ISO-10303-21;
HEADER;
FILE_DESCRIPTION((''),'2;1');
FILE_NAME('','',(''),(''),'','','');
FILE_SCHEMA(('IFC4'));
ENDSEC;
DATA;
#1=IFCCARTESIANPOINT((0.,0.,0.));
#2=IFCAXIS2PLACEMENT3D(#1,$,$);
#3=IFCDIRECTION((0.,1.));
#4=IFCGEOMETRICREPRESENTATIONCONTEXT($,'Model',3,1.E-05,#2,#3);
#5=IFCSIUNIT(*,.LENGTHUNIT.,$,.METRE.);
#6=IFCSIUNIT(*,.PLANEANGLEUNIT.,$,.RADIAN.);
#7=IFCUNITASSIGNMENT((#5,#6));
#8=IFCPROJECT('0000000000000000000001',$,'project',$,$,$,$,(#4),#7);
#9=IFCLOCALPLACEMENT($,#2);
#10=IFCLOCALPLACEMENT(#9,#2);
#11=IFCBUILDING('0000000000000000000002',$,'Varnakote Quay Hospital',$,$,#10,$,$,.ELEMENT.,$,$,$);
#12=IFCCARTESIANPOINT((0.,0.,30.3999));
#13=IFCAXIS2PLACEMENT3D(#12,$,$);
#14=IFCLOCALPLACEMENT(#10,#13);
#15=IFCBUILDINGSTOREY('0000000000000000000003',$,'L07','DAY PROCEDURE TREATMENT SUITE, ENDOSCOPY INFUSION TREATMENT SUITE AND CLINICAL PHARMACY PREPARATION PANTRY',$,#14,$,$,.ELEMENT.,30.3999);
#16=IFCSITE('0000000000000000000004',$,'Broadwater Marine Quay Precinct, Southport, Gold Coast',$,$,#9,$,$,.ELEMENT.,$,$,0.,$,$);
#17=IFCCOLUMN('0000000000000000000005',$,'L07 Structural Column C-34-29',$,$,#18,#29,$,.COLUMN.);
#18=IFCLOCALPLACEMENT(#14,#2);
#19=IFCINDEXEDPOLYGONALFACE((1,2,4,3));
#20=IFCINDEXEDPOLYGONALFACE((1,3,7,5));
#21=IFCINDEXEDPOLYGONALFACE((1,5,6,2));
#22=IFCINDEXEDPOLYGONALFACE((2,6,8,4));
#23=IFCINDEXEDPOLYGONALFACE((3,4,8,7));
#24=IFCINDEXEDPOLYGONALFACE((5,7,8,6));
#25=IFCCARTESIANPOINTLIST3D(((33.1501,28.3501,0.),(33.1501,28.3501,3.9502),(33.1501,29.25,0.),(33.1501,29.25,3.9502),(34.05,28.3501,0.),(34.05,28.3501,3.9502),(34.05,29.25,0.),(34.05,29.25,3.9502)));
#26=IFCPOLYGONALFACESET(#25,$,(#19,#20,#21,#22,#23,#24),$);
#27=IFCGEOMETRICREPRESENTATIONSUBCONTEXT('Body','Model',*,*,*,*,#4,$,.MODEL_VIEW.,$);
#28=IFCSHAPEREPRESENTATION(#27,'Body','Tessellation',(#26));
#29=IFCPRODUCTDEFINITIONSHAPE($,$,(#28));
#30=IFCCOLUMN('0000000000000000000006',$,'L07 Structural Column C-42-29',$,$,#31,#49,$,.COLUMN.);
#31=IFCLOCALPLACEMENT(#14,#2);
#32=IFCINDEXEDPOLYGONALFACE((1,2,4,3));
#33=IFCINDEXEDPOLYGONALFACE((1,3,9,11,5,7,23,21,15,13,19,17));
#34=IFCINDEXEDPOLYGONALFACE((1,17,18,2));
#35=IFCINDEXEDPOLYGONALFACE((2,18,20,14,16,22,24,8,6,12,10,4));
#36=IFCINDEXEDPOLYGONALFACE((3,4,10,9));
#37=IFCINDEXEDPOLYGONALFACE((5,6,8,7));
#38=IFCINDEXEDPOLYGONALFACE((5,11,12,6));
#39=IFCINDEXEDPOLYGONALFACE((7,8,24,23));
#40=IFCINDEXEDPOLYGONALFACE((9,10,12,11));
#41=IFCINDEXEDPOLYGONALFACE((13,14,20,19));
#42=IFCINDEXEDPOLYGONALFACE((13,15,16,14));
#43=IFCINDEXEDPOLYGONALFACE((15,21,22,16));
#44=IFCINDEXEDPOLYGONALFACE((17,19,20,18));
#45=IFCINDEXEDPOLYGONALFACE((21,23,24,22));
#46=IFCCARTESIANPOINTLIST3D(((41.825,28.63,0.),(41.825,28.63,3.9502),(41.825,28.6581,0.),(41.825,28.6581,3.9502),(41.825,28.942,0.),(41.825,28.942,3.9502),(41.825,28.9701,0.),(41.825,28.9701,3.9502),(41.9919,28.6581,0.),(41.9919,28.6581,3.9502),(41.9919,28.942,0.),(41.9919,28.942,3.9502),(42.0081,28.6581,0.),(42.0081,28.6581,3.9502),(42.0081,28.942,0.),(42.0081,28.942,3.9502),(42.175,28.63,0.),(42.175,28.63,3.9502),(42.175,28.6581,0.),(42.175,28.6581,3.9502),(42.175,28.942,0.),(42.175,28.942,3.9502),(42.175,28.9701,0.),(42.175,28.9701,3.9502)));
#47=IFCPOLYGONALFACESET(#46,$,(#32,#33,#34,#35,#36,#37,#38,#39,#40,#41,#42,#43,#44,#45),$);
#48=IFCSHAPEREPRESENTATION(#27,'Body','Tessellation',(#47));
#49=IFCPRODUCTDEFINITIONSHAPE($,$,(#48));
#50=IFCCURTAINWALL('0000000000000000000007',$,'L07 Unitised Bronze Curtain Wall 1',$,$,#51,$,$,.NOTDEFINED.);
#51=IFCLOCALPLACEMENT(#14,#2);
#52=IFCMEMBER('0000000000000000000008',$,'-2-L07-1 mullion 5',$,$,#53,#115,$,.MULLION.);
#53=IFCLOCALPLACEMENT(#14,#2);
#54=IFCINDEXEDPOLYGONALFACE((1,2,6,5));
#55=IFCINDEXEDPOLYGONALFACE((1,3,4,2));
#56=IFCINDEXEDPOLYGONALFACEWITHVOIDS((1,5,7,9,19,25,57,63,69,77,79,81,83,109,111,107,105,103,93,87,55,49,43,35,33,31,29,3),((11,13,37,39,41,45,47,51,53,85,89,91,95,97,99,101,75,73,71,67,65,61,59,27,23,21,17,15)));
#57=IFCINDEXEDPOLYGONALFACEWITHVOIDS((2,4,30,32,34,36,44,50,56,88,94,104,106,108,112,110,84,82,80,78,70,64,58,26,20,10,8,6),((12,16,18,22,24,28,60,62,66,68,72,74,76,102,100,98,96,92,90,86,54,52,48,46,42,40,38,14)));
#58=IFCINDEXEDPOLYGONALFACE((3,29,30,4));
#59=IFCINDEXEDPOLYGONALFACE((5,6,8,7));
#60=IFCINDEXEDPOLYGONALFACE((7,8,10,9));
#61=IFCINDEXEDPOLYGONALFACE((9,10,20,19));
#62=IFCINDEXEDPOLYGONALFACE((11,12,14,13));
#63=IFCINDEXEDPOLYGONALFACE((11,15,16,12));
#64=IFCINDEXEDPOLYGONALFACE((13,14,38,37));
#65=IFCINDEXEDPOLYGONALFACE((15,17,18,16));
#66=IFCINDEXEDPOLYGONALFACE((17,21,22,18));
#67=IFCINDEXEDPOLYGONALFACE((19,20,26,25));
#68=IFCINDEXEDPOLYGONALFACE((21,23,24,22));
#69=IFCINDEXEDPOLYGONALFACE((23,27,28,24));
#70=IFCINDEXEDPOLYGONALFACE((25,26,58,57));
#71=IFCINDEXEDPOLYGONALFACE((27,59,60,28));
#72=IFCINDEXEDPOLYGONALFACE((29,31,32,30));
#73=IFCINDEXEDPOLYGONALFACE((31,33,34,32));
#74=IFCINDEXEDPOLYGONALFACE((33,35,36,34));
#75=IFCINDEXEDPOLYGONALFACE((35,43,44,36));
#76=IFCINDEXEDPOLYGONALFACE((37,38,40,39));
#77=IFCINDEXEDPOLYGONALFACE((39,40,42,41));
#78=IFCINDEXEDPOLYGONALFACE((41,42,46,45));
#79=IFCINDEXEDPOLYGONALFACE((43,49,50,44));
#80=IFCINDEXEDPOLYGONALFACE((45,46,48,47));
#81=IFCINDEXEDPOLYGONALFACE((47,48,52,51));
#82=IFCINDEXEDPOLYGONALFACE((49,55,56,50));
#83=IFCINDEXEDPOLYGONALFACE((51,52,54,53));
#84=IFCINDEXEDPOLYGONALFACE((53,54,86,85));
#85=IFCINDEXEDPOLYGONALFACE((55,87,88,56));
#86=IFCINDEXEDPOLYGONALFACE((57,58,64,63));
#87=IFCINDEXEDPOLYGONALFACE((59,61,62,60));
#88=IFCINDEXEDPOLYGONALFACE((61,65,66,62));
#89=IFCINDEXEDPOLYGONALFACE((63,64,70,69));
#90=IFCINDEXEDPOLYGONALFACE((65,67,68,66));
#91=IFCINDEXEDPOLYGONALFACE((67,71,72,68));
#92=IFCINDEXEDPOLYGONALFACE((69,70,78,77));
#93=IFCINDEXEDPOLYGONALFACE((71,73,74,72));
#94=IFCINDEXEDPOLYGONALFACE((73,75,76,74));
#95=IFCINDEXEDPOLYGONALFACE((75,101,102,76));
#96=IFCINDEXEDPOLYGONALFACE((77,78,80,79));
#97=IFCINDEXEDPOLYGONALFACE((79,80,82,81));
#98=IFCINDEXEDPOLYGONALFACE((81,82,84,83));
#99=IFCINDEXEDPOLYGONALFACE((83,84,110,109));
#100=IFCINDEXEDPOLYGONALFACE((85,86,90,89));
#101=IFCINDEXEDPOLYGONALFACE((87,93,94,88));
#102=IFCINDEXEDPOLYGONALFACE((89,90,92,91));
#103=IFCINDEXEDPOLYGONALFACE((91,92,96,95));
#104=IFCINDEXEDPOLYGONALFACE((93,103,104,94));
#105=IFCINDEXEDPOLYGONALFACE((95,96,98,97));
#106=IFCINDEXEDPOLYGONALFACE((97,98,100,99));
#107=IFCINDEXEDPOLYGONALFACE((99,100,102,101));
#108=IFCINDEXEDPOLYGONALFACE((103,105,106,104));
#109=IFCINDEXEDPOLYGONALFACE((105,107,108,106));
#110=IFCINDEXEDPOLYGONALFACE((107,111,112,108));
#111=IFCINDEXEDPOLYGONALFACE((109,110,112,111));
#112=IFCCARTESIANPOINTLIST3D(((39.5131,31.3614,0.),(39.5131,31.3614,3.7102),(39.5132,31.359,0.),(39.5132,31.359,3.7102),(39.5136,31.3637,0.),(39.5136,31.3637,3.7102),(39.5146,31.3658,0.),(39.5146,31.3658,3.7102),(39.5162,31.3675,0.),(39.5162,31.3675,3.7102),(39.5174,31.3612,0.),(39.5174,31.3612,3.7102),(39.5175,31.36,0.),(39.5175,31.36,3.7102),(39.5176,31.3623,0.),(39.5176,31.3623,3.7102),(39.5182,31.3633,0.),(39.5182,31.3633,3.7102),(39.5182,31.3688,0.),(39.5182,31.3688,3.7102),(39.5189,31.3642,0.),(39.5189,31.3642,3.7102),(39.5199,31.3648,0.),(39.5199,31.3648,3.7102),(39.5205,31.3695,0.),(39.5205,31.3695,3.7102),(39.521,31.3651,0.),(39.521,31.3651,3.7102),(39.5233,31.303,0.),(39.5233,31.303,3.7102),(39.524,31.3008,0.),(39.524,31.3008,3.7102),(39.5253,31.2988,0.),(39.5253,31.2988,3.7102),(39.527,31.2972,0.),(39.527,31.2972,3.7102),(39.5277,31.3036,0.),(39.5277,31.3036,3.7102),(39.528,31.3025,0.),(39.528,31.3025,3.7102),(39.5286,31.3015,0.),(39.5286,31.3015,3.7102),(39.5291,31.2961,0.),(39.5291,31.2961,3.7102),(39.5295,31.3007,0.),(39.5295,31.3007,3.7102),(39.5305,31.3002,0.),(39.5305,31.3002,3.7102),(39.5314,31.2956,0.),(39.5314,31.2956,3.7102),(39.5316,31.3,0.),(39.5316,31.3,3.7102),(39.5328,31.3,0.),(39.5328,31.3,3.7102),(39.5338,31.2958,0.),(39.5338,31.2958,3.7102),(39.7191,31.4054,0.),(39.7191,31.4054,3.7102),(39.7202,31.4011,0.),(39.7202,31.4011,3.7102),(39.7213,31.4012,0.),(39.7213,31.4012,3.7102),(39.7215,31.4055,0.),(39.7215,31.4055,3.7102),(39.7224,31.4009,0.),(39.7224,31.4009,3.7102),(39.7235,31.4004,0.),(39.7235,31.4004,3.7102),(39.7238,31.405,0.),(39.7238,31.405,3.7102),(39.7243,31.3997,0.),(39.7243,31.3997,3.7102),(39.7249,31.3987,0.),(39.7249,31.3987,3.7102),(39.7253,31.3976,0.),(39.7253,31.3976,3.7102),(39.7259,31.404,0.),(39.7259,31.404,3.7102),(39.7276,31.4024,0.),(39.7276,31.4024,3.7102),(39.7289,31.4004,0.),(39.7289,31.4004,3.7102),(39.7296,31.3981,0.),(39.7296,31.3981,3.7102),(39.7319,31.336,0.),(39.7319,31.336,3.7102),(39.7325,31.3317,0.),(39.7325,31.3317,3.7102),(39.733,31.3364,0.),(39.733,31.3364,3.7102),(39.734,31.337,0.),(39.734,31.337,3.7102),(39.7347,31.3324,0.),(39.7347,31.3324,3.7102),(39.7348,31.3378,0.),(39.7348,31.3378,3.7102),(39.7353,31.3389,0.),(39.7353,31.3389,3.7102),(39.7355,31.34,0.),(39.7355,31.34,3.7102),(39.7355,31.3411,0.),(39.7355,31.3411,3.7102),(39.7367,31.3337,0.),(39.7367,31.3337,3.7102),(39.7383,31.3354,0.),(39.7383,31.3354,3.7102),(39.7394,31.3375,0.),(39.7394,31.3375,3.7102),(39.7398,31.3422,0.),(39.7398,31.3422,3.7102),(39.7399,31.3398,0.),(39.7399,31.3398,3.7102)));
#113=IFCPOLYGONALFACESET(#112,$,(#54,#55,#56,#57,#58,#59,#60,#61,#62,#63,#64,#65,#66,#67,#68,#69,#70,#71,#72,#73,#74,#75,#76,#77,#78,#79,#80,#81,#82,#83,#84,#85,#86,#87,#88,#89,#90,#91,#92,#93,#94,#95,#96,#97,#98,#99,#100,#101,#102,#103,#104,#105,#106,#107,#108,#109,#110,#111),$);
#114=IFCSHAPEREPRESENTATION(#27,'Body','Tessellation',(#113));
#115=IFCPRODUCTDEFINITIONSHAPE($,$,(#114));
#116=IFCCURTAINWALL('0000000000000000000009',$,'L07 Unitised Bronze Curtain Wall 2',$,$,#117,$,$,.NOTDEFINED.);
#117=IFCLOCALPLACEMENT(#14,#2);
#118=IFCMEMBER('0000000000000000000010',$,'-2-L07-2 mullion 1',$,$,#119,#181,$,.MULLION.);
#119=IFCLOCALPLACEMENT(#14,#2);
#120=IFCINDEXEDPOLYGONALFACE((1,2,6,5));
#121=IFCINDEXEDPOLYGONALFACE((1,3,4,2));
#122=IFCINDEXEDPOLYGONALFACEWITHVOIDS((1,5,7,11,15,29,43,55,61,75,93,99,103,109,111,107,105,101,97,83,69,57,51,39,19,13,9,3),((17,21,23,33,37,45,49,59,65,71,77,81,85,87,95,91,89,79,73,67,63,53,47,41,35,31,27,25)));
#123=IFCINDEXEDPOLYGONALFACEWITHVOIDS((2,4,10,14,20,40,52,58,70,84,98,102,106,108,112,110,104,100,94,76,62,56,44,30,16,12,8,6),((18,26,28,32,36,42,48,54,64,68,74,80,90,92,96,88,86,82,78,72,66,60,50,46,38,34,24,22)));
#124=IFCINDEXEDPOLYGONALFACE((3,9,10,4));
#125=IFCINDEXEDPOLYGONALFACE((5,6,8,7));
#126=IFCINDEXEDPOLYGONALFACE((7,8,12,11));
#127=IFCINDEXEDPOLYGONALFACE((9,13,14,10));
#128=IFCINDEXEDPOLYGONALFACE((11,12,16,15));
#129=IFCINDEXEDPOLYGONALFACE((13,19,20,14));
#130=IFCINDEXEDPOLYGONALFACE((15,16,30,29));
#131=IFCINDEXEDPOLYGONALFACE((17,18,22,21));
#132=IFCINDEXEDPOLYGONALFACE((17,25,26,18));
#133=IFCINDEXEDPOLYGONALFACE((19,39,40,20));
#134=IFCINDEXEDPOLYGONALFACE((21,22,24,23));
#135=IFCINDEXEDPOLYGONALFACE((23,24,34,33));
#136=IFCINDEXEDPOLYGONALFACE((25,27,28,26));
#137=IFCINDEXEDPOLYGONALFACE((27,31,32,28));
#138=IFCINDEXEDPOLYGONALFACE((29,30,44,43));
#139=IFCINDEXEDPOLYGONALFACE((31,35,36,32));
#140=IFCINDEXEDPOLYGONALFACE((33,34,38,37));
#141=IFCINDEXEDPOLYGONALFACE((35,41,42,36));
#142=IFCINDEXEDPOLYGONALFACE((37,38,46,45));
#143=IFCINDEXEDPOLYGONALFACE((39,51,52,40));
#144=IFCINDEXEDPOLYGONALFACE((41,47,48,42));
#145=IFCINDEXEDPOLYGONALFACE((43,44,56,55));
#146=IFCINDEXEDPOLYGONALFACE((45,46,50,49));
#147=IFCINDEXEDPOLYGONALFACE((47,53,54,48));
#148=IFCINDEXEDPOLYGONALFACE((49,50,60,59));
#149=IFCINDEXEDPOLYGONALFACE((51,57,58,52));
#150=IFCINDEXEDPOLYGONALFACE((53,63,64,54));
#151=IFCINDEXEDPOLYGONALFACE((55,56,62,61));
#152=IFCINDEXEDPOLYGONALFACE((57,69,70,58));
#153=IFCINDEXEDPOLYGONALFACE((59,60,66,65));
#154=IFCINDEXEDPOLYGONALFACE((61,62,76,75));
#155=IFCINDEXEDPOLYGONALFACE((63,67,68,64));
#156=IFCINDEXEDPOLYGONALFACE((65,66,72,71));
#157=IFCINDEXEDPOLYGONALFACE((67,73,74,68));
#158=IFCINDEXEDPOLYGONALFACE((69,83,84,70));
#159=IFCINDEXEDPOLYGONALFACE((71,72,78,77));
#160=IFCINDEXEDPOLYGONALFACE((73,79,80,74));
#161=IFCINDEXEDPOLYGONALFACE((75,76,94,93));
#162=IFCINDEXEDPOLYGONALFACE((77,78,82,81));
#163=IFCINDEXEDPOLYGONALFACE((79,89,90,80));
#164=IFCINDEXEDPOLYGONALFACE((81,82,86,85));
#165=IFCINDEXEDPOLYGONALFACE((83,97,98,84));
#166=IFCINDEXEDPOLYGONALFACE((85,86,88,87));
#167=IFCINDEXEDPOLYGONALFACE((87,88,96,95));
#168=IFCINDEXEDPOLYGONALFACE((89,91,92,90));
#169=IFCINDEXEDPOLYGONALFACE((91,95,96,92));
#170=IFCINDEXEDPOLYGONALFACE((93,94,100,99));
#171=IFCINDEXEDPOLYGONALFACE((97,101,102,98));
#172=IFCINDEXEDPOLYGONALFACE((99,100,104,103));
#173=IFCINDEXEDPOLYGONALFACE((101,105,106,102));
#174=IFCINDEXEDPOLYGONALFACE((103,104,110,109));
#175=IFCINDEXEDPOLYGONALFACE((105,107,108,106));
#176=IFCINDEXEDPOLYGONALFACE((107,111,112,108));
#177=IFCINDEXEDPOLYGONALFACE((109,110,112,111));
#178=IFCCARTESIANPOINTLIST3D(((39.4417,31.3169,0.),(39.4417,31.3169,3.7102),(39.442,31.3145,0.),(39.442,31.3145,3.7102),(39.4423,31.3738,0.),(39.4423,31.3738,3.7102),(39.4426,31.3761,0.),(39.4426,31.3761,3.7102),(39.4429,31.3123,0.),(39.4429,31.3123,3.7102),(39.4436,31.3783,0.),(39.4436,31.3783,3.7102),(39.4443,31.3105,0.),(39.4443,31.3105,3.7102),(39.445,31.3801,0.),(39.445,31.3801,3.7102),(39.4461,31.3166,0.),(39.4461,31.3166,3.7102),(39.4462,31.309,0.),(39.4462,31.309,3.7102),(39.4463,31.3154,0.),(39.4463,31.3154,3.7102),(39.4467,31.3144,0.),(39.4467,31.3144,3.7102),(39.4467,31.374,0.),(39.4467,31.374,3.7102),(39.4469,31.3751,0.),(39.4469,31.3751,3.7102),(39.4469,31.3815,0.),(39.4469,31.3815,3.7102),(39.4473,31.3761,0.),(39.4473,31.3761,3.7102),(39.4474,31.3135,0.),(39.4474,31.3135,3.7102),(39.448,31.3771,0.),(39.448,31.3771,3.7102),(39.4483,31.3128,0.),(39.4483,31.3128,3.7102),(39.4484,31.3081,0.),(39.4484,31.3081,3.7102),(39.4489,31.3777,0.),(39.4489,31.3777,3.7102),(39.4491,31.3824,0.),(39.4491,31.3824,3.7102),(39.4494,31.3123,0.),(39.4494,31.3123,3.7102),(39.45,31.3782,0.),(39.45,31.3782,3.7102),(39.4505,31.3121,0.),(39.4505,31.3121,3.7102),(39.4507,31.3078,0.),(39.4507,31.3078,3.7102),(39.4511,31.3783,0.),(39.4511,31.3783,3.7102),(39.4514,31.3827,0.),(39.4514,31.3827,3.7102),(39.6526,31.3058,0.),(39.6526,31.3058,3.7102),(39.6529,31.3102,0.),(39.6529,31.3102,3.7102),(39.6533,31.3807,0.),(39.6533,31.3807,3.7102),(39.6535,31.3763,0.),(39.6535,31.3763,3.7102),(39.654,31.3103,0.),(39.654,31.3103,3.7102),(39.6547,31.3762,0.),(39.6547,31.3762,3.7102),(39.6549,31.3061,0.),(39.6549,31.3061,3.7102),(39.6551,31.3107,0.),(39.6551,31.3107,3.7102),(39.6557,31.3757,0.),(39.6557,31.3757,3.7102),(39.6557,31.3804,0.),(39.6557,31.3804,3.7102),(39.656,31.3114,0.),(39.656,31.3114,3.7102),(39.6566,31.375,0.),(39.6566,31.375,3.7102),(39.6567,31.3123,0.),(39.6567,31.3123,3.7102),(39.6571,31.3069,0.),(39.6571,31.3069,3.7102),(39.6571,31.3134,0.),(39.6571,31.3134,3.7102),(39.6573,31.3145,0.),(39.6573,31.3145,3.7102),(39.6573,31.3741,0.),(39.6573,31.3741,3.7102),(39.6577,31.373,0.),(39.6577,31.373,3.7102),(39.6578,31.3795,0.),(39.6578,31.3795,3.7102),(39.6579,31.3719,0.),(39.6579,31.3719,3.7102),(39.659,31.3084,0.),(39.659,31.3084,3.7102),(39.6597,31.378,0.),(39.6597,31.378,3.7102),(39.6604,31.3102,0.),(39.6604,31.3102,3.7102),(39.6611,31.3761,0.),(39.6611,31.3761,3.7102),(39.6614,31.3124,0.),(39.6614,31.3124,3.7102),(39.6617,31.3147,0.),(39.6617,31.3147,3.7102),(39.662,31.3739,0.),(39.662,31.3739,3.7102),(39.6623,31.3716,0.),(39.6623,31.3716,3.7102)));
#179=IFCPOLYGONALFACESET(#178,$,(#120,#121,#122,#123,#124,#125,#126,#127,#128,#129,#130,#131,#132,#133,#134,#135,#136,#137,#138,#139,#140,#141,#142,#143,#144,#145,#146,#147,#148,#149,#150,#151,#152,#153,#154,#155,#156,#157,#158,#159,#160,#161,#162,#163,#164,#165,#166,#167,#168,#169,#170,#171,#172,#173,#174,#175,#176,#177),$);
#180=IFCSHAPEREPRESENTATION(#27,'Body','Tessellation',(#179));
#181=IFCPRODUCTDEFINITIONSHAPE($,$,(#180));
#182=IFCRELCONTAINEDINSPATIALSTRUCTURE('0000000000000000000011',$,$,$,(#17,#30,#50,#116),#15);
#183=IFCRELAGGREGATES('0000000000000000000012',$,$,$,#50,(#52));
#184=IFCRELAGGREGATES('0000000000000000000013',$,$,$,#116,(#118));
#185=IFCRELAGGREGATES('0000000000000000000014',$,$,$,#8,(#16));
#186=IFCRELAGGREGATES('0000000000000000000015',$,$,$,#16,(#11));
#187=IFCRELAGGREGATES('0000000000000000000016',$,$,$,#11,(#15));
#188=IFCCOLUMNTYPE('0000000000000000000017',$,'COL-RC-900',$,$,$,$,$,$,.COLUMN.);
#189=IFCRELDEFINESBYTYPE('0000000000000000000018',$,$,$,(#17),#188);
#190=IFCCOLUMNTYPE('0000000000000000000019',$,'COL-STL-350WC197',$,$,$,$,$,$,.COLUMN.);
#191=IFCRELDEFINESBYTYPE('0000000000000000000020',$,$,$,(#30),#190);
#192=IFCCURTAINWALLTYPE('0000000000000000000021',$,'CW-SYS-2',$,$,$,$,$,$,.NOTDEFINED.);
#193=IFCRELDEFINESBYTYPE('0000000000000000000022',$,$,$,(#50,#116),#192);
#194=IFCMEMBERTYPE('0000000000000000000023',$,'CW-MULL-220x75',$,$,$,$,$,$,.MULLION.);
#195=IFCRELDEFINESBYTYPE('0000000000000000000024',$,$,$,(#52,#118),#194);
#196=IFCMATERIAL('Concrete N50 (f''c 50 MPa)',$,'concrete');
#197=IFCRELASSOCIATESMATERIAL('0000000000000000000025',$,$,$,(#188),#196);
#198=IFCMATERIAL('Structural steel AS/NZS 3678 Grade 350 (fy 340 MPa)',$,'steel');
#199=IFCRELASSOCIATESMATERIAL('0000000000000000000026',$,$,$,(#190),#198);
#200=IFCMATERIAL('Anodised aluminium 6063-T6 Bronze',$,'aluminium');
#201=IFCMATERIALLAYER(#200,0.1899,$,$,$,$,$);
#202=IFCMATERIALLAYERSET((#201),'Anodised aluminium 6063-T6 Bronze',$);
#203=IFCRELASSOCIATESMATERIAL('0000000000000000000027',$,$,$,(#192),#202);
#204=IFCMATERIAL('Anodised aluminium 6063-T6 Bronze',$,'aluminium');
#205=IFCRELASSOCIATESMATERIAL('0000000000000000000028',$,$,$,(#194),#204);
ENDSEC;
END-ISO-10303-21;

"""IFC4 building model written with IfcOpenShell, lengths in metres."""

from ifc_helpers import new_model, si_unit, direction, frame, origin, origin_2d, place, context, subcontext, project, spatial, rectangle, hollow_rectangle, i_section, extrude, material, layer, layer_set, material_profile, profile_set, type_object, element, aggregate, save


model = new_model("IFC4")

# Units and contexts
model_context = context("Model", 3, precision=1e-05, world=origin(), true_north=direction((0.0, 1.0)))
body_context = subcontext(model_context, "Body", "Model", "MODEL_VIEW")
ifc_project = project(units=[si_unit("LENGTHUNIT", "METRE"), si_unit("PLANEANGLEUNIT", "RADIAN")], contexts=[model_context])

# Site, building, storey
site_placement = place(None, origin())
site = spatial("IfcSite", under=ifc_project, at=site_placement, Name="Broadwater Marine Quay Precinct, Southport, Gold Coast", CompositionType="ELEMENT", RefElevation=0.0)
building_placement = place(site_placement, origin())
building = spatial("IfcBuilding", under=site, at=building_placement, Name="Varnakote Quay Hospital", CompositionType="ELEMENT")
storey_placement = place(building_placement, frame((0.0, 0.0, 30.3999)))
storey = spatial("IfcBuildingStorey", under=building, at=storey_placement, Name="L07", Description="DAY PROCEDURE TREATMENT SUITE, ENDOSCOPY INFUSION TREATMENT SUITE AND CLINICAL PHARMACY PREPARATION PANTRY", CompositionType="ELEMENT", Elevation=30.3999)

# Columns
ifc_material_1 = material(Name="Concrete N50 (f'c 50 MPa)", Category="concrete")
ifc_material_profile_1 = material_profile(ifc_material_1, rectangle(XDim=0.8999, YDim=0.8999, at=origin_2d()), Name="RC-COL-900x900")
ifc_profile_set_1 = profile_set([ifc_material_profile_1], Name="Concrete N50 (f'c 50 MPa)")
column_type_1 = type_object("IfcColumnType", Name="COL-RC-900", PredefinedType="COLUMN", material=ifc_profile_set_1)
column_1_placement = place(storey_placement, frame((33.6001, 28.8, 0.0), z_axis=(0.0, 0.0, 1.0), x_axis=(1.0, 0.0, 0.0)))
element("IfcColumn", 1, at=column_1_placement, inside=storey, type_object=column_type_1, Name="L07 Structural Column C-34-29", PredefinedType="COLUMN", context=body_context, shape_type="SweptSolid", body=[
    extrude(rectangle(XDim=0.8999, YDim=0.8999, at=origin_2d()), origin(), (0.0, 0.0, 1.0), 3.9502),
])
ifc_material_2 = material(Name="Structural steel AS/NZS 3678 Grade 350 (fy 340 MPa)", Category="steel")
ifc_material_profile_2 = material_profile(ifc_material_2, i_section(OverallWidth=0.3501, OverallDepth=0.3401, WebThickness=0.0161, FlangeThickness=0.0281, at=origin_2d()), Name="350WC197")
ifc_profile_set_2 = profile_set([ifc_material_profile_2], Name="Structural steel AS/NZS 3678 Grade 350 (fy 340 MPa)")
column_type_2 = type_object("IfcColumnType", Name="COL-STL-350WC197", PredefinedType="COLUMN", material=ifc_profile_set_2)
column_2_placement = place(storey_placement, frame((42.0, 28.8, 0.0), z_axis=(0.0, 0.0, 1.0), x_axis=(1.0, 0.0, 0.0)))
element("IfcColumn", 2, at=column_2_placement, inside=storey, type_object=column_type_2, Name="L07 Structural Column C-42-29", PredefinedType="COLUMN", context=body_context, shape_type="SweptSolid", body=[
    extrude(i_section(OverallWidth=0.3501, OverallDepth=0.3401, WebThickness=0.0161, FlangeThickness=0.0281, at=origin_2d()), origin(), (0.0, 0.0, 1.0), 3.9502),
])

# Curtain wall, member
ifc_material_3 = material(Name="Anodised aluminium 6063-T6 Bronze", Category="aluminium")
ifc_layer_1 = layer(ifc_material_3, 0.1899)
ifc_layer_set_1 = layer_set([ifc_layer_1], Name="Anodised aluminium 6063-T6 Bronze")
curtain_wall_type = type_object("IfcCurtainWallType", Name="CW-SYS-2", PredefinedType="NOTDEFINED", material=ifc_layer_set_1)
curtain_wall_1_placement = place(storey_placement, origin())
curtain_wall_1 = element("IfcCurtainWall", 3, at=curtain_wall_1_placement, inside=storey, type_object=curtain_wall_type, Name="L07 Unitised Bronze Curtain Wall 1", PredefinedType="NOTDEFINED")
ifc_material_4 = material(Name="Anodised aluminium 6063-T6 Bronze", Category="aluminium")
ifc_material_profile_3 = material_profile(ifc_material_4, hollow_rectangle(XDim=0.075, YDim=0.22, WallThickness=0.0044, InnerFilletRadius=0.0044, OuterFilletRadius=0.009, at=origin_2d()), Name="CW-MULL-220x75")
ifc_profile_set_3 = profile_set([ifc_material_profile_3], Name="Anodised aluminium 6063-T6 Bronze")
member_type_1 = type_object("IfcMemberType", Name="CW-MULL-220x75", PredefinedType="MULLION", material=ifc_profile_set_3)
member_1_placement = place(storey_placement, frame((39.6265, 31.3506, 0.0), z_axis=(0.0, 0.0, 1.0), x_axis=(0.177846, -0.984058, 0.0)))
member_1 = element("IfcMember", 4, at=member_1_placement, type_object=member_type_1, Name="-2-L07-1 mullion 5", PredefinedType="MULLION", context=body_context, shape_type="SweptSolid", body=[
    extrude(hollow_rectangle(XDim=0.075, YDim=0.22, WallThickness=0.0044, InnerFilletRadius=0.0044, OuterFilletRadius=0.009, at=origin_2d()), origin(), (0.0, 0.0, 1.0), 3.7102),
])

# Curtain wall, member
curtain_wall_2_placement = place(storey_placement, origin())
curtain_wall_2 = element("IfcCurtainWall", 5, at=curtain_wall_2_placement, inside=storey, type_object=curtain_wall_type, Name="L07 Unitised Bronze Curtain Wall 2", PredefinedType="NOTDEFINED")
member_2_placement = place(storey_placement, frame((39.552, 31.3442, 0.0), z_axis=(0.0, 0.0, 1.0), x_axis=(-0.009774, -0.999952, 0.0)))
member_2 = element("IfcMember", 6, at=member_2_placement, type_object=member_type_1, Name="-2-L07-2 mullion 1", PredefinedType="MULLION", context=body_context, shape_type="SweptSolid", body=[
    extrude(hollow_rectangle(XDim=0.075, YDim=0.22, WallThickness=0.0044, InnerFilletRadius=0.0044, OuterFilletRadius=0.009, at=origin_2d()), origin(), (0.0, 0.0, 1.0), 3.7102),
])

aggregate(curtain_wall_1, [member_1])
aggregate(curtain_wall_2, [member_2])

save(model, "model.ifc")
